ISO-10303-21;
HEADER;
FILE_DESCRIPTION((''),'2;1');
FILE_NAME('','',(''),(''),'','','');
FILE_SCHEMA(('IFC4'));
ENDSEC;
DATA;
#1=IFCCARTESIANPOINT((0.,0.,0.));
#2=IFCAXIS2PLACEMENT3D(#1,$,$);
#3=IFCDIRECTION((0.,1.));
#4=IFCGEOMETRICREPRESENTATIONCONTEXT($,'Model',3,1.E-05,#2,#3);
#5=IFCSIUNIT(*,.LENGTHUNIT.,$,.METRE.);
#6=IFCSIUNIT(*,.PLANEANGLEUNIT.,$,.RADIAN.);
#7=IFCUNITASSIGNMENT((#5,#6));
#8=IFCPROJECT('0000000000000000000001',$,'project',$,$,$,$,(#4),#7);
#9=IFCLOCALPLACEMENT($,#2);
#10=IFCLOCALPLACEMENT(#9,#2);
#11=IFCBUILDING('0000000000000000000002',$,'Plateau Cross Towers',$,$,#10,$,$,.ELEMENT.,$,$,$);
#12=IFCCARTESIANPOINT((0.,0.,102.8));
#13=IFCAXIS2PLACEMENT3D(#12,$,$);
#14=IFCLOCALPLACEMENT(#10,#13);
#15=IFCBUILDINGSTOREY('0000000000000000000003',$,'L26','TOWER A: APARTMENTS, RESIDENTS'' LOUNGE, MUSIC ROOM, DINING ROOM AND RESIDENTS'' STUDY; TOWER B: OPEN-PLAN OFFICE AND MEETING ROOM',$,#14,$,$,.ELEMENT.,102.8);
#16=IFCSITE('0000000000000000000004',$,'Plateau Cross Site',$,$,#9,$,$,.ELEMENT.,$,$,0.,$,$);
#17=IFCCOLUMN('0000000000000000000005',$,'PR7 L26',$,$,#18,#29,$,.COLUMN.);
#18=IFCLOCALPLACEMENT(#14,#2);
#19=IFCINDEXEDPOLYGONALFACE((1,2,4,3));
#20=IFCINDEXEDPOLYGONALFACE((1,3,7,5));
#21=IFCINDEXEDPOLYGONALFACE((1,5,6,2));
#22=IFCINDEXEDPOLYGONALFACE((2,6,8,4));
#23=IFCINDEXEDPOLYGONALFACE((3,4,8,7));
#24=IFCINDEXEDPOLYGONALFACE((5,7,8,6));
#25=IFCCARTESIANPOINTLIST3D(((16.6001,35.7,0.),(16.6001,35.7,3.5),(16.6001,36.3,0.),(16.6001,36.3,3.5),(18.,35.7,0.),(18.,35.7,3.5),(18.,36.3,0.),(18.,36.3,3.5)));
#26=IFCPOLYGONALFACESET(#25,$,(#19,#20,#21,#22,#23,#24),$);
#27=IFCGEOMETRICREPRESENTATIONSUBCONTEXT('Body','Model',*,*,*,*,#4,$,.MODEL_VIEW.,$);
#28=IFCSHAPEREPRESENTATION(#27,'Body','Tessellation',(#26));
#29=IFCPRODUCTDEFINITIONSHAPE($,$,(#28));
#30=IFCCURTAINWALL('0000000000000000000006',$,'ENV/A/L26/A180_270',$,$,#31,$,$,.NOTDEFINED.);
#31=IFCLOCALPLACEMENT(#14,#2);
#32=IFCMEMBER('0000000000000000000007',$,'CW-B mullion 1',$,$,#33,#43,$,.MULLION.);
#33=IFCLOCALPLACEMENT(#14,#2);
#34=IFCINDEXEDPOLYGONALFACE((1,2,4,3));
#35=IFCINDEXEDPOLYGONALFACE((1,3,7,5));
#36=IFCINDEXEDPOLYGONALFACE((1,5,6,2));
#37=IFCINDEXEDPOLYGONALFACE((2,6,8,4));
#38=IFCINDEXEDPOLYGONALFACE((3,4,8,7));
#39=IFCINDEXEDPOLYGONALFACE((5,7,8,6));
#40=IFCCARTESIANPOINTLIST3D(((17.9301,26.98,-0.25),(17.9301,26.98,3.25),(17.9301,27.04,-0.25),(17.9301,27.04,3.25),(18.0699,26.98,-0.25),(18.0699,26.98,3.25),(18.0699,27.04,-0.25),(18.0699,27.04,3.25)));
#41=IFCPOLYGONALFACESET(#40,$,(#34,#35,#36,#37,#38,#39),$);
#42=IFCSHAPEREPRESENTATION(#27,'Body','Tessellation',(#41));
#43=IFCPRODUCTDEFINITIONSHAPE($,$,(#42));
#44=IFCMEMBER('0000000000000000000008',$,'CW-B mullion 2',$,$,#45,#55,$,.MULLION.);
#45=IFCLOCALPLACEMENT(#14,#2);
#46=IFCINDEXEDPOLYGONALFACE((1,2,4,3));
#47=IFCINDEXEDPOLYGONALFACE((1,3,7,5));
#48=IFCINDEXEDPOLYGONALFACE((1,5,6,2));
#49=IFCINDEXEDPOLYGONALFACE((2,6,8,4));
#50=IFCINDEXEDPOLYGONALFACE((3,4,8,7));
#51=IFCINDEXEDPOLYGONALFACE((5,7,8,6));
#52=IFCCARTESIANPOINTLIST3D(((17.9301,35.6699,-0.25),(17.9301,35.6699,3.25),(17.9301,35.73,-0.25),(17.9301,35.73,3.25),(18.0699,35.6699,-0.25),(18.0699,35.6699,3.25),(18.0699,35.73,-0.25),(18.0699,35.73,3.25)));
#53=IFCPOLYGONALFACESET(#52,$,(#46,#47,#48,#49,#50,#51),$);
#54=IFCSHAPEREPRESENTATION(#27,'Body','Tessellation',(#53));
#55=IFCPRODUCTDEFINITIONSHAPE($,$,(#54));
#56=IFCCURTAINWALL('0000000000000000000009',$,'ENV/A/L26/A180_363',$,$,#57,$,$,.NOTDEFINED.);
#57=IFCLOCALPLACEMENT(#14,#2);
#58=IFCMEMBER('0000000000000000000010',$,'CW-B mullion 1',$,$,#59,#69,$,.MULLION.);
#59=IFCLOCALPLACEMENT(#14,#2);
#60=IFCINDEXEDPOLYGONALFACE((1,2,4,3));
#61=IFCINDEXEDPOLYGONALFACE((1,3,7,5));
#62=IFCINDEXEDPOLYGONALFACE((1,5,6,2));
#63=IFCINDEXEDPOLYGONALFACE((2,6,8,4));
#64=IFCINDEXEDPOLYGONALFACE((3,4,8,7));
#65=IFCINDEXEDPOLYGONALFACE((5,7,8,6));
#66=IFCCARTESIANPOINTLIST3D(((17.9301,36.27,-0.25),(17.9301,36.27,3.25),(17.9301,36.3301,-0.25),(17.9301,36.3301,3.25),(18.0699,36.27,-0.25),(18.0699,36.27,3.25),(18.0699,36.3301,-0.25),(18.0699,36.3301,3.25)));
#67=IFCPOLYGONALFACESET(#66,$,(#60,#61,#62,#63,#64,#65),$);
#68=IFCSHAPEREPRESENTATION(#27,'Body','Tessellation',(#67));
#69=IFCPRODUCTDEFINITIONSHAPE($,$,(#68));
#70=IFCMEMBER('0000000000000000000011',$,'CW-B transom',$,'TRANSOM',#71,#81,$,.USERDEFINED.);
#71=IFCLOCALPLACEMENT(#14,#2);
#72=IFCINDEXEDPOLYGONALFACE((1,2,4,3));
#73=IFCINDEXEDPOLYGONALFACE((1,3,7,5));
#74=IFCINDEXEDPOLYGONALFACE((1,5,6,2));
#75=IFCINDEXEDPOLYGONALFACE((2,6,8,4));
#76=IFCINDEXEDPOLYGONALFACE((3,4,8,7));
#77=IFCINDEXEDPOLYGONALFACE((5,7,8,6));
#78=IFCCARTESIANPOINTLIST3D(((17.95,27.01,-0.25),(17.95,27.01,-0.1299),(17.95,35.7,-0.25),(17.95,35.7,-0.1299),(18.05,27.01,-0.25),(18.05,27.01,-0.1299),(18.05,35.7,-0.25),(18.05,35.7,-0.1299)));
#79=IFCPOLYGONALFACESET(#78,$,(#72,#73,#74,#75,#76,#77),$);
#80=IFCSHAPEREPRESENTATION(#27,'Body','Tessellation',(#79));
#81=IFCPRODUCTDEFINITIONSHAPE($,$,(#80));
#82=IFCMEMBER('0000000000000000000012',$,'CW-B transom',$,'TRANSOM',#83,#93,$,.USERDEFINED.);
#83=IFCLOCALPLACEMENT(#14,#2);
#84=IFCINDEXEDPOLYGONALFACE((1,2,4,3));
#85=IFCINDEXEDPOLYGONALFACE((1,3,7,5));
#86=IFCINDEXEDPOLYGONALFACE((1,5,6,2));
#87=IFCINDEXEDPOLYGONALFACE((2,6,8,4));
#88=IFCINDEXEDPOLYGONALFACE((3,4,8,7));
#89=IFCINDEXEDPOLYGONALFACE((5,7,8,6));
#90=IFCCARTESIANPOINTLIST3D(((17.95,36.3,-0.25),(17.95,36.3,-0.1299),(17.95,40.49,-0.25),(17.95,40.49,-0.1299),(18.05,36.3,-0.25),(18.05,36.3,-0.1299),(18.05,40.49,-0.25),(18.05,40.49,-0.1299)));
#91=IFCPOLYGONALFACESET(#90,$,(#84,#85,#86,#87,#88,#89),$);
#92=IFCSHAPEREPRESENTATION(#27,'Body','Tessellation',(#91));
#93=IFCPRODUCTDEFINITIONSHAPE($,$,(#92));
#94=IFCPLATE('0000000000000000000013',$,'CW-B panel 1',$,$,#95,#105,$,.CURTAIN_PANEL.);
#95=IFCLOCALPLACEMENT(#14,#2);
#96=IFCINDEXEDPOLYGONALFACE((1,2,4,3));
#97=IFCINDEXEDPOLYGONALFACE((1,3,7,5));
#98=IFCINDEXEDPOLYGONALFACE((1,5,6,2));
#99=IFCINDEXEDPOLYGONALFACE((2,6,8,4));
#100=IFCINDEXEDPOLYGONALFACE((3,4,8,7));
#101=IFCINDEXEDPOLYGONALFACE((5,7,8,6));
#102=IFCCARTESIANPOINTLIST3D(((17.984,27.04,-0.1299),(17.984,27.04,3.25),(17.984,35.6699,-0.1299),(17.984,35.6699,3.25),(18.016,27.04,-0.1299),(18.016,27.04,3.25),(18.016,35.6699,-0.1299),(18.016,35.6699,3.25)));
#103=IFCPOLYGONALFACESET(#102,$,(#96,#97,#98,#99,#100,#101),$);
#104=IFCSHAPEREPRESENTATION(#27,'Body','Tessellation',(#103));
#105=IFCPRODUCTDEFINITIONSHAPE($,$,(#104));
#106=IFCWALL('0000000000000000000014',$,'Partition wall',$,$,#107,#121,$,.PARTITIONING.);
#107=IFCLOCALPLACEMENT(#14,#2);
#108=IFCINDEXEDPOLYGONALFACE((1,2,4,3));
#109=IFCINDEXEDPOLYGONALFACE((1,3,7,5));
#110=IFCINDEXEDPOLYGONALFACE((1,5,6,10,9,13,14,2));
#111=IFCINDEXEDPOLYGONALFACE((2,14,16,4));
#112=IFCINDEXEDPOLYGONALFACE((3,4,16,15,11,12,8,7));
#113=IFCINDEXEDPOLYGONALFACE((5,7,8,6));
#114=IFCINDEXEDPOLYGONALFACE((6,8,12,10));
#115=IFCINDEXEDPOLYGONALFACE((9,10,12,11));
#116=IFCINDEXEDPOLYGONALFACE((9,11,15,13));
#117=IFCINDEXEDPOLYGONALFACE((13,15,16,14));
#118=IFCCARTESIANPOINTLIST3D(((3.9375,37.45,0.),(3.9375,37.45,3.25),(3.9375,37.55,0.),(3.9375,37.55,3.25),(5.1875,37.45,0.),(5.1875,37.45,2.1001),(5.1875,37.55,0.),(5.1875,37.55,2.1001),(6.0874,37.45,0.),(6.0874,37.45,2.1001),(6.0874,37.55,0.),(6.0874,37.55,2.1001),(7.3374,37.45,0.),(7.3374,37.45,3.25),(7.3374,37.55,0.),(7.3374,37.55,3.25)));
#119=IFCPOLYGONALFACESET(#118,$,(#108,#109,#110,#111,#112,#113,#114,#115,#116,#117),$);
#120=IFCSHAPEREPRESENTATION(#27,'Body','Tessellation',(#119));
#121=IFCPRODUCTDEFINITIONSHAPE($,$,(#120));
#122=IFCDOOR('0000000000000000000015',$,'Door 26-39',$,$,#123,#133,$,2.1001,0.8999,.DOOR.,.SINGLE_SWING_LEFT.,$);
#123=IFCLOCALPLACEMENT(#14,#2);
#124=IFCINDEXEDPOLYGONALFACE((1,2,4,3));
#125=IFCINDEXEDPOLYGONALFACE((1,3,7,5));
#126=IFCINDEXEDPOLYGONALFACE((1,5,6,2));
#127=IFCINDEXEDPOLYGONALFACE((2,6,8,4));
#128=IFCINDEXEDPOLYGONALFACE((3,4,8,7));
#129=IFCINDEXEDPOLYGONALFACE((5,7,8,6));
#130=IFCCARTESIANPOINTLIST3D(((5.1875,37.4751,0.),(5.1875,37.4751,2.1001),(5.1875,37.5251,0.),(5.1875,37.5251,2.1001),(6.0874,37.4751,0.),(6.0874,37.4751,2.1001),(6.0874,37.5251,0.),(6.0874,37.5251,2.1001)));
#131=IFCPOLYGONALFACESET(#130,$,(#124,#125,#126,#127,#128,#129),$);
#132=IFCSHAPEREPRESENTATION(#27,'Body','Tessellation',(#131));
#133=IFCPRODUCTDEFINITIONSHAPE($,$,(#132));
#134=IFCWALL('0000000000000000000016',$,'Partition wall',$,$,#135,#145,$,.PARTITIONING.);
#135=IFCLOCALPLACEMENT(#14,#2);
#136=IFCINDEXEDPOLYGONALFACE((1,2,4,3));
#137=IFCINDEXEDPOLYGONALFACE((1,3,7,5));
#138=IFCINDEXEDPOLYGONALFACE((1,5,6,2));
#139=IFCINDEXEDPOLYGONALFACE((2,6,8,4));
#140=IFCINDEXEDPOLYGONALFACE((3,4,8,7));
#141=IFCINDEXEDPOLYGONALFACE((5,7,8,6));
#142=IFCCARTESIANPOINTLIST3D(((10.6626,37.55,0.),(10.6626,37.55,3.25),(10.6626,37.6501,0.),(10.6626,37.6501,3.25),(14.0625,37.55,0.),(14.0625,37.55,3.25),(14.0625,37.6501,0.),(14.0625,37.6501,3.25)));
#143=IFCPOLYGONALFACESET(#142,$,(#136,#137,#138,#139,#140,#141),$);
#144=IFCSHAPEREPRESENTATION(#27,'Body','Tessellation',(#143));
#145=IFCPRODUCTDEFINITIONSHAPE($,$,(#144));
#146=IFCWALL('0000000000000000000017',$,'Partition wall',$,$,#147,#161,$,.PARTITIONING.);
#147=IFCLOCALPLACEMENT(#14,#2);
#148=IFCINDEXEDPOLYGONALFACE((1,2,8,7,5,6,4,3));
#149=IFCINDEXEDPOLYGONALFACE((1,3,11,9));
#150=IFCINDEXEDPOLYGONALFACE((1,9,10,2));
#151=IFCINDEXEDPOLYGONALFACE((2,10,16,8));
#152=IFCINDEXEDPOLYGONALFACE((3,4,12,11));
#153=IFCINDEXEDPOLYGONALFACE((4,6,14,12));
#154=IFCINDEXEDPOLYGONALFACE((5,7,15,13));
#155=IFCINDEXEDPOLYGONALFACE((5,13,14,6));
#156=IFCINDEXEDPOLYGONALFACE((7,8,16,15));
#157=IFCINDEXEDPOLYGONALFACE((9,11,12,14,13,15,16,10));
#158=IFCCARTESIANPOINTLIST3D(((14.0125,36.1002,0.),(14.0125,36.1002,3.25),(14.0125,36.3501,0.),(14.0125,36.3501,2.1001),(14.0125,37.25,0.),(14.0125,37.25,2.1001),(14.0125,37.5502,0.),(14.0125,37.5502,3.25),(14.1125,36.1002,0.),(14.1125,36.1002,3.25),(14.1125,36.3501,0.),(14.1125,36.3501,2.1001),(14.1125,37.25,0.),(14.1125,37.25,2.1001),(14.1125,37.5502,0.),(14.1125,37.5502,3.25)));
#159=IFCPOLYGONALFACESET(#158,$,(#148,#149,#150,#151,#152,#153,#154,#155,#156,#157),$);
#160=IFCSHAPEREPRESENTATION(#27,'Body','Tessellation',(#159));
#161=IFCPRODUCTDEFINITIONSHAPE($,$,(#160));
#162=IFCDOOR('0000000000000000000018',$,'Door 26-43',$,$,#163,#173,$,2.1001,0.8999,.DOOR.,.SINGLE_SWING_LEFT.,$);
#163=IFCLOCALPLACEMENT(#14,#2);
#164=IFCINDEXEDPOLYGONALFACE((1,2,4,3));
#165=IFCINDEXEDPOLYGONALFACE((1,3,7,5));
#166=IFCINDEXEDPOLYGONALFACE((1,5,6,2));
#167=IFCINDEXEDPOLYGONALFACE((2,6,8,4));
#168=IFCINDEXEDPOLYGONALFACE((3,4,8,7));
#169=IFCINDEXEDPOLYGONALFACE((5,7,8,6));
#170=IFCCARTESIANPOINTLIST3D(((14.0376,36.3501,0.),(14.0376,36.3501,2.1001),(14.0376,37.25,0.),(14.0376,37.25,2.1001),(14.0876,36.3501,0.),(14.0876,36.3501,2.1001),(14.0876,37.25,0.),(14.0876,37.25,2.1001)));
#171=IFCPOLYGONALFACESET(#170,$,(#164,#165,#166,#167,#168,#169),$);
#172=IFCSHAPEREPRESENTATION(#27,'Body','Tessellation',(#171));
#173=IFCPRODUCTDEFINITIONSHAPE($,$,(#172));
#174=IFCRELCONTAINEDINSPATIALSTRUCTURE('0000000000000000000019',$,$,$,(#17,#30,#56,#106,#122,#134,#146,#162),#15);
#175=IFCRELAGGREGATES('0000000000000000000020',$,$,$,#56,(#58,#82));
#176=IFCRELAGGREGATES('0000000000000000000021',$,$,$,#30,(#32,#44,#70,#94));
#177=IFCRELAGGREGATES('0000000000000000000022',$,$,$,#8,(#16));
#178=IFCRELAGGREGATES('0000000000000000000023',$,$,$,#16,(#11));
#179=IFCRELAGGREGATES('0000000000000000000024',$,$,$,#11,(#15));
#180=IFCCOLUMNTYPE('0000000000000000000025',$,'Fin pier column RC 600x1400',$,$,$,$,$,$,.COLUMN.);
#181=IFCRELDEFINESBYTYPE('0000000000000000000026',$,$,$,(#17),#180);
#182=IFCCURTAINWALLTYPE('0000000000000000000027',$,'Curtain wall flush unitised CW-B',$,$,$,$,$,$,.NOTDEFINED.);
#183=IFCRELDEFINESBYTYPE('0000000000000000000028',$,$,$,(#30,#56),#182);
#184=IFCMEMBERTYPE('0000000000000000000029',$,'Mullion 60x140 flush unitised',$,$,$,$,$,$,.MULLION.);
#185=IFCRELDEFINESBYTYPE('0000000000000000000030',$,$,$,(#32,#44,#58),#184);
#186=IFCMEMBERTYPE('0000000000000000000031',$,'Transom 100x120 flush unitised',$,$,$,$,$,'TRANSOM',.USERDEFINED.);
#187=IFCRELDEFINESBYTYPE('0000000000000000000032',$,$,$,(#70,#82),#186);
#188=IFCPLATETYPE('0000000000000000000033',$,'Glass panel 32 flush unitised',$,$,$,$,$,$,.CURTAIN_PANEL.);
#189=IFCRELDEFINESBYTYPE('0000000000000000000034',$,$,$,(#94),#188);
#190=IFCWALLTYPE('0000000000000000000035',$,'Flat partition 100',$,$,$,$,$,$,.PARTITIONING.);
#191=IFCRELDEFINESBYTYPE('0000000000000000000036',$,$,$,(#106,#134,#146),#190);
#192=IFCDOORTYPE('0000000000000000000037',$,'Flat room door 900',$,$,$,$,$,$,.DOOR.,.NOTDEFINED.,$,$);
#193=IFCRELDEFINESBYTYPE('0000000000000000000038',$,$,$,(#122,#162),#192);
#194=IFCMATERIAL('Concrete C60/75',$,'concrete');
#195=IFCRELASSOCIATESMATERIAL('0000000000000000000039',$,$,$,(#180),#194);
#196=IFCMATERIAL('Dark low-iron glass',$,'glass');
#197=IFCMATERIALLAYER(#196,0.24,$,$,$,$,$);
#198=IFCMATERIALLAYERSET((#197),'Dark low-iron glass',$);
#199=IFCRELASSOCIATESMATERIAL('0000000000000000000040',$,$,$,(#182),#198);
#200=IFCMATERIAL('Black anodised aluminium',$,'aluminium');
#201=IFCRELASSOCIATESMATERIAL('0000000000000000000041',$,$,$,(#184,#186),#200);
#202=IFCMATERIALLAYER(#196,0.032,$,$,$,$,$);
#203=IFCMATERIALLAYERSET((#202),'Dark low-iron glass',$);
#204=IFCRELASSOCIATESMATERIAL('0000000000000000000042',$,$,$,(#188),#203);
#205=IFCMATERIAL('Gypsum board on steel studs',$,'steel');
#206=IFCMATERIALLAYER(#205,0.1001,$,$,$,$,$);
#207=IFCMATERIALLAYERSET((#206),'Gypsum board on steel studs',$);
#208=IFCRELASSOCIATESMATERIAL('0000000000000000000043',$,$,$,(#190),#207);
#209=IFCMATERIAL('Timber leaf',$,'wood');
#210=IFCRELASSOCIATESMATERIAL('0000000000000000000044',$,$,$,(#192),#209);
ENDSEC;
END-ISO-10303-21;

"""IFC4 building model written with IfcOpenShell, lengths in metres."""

from ifc_helpers import new_model, si_unit, direction, frame, frame_2d, origin, origin_2d, place, context, subcontext, project, spatial, rectangle, extrude, material, layer, layer_set, material_profile, profile_set, type_object, element, fill, aggregate, save


model = new_model("IFC4")

# Units and contexts
model_context = context("Model", 3, precision=1e-05, world=origin(), true_north=direction((0.0, 1.0)))
body_context = subcontext(model_context, "Body", "Model", "MODEL_VIEW")
ifc_project = project(units=[si_unit("LENGTHUNIT", "METRE"), si_unit("PLANEANGLEUNIT", "RADIAN")], contexts=[model_context])

# Site, building, storey
site_placement = place(None, origin())
site = spatial("IfcSite", under=ifc_project, at=site_placement, Name="Plateau Cross Site", CompositionType="ELEMENT", RefElevation=0.0)
building_placement = place(site_placement, origin())
building = spatial("IfcBuilding", under=site, at=building_placement, Name="Plateau Cross Towers", CompositionType="ELEMENT")
storey_placement = place(building_placement, frame((0.0, 0.0, 102.8)))
storey = spatial("IfcBuildingStorey", under=building, at=storey_placement, Name="L26", Description="TOWER A: APARTMENTS, RESIDENTS' LOUNGE, MUSIC ROOM, DINING ROOM AND RESIDENTS' STUDY; TOWER B: OPEN-PLAN OFFICE AND MEETING ROOM", CompositionType="ELEMENT", Elevation=102.8)

# Column
ifc_material_1 = material(Name="Concrete C60/75", Category="concrete")
ifc_material_profile_1 = material_profile(ifc_material_1, rectangle(XDim=0.6001, YDim=1.3999, at=origin_2d()), Name="RC 600x1400")
ifc_profile_set_1 = profile_set([ifc_material_profile_1], Name="Concrete C60/75")
column_type = type_object("IfcColumnType", Name="Fin pier column RC 600x1400", PredefinedType="COLUMN", material=ifc_profile_set_1)
column_placement = place(storey_placement, frame((17.3, 36.0, 0.0), z_axis=(0.0, 0.0, 1.0), x_axis=(0.0, 1.0, 0.0)))
element("IfcColumn", 1, at=column_placement, inside=storey, type_object=column_type, Name="PR7 L26", PredefinedType="COLUMN", context=body_context, shape_type="SweptSolid", body=[
    extrude(rectangle(XDim=0.6001, YDim=1.3999, at=origin_2d()), origin(), (0.0, 0.0, 1.0), 3.5),
])

# Curtain wall, members
ifc_material_2 = material(Name="Dark low-iron glass", Category="glass")
ifc_layer_1 = layer(ifc_material_2, 0.24)
ifc_layer_set_1 = layer_set([ifc_layer_1], Name="Dark low-iron glass")
curtain_wall_type = type_object("IfcCurtainWallType", Name="Curtain wall flush unitised CW-B", PredefinedType="NOTDEFINED", material=ifc_layer_set_1)
curtain_wall_1_placement = place(storey_placement, origin())
curtain_wall_1 = element("IfcCurtainWall", 2, at=curtain_wall_1_placement, inside=storey, type_object=curtain_wall_type, Name="ENV/A/L26/A180_270", PredefinedType="NOTDEFINED")
ifc_material_3 = material(Name="Black anodised aluminium", Category="aluminium")
ifc_material_profile_2 = material_profile(ifc_material_3, rectangle(XDim=0.0601, YDim=0.1399, at=origin_2d()), Name="MULLION 60x140")
ifc_profile_set_2 = profile_set([ifc_material_profile_2], Name="Black anodised aluminium")
member_type_1 = type_object("IfcMemberType", Name="Mullion 60x140 flush unitised", PredefinedType="MULLION", material=ifc_profile_set_2)
member_1_placement = place(storey_placement, frame((18.0, 27.01, -0.25), z_axis=(0.0, 0.0, 1.0), x_axis=(0.0, 1.0, 0.0)))
member_1 = element("IfcMember", 3, at=member_1_placement, type_object=member_type_1, Name="CW-B mullion 1", PredefinedType="MULLION", context=body_context, shape_type="SweptSolid", body=[
    extrude(rectangle(XDim=0.0601, YDim=0.1399, at=origin_2d()), origin(), (0.0, 0.0, 1.0), 3.5),
])
member_2_placement = place(storey_placement, frame((18.0, 35.7, -0.25), z_axis=(0.0, 0.0, 1.0), x_axis=(0.0, 1.0, 0.0)))
member_2 = element("IfcMember", 4, at=member_2_placement, type_object=member_type_1, Name="CW-B mullion 2", PredefinedType="MULLION", context=body_context, shape_type="SweptSolid", body=[
    extrude(rectangle(XDim=0.0601, YDim=0.1399, at=origin_2d()), origin(), (0.0, 0.0, 1.0), 3.5),
])

# Curtain wall, member
curtain_wall_2_placement = place(storey_placement, origin())
curtain_wall_2 = element("IfcCurtainWall", 5, at=curtain_wall_2_placement, inside=storey, type_object=curtain_wall_type, Name="ENV/A/L26/A180_363", PredefinedType="NOTDEFINED")
member_3_placement = place(storey_placement, frame((18.0, 36.3, -0.25), z_axis=(0.0, 0.0, 1.0), x_axis=(0.0, 1.0, 0.0)))
member_3 = element("IfcMember", 6, at=member_3_placement, type_object=member_type_1, Name="CW-B mullion 1", PredefinedType="MULLION", context=body_context, shape_type="SweptSolid", body=[
    extrude(rectangle(XDim=0.0601, YDim=0.1399, at=origin_2d()), origin(), (0.0, 0.0, 1.0), 3.5),
])

# Members
ifc_material_profile_3 = material_profile(ifc_material_3, rectangle(XDim=0.1001, YDim=0.1201, at=origin_2d()), Name="TRANSOM 100x120")
ifc_profile_set_3 = profile_set([ifc_material_profile_3], Name="Black anodised aluminium")
member_type_2 = type_object("IfcMemberType", Name="Transom 100x120 flush unitised", ElementType="TRANSOM", PredefinedType="USERDEFINED", material=ifc_profile_set_3)
member_4_placement = place(storey_placement, frame((18.0, 27.01, -0.1899), z_axis=(0.0, 1.0, 0.0), x_axis=(-1.0, 0.0, 0.0)))
member_4 = element("IfcMember", 7, at=member_4_placement, type_object=member_type_2, Name="CW-B transom", ObjectType="TRANSOM", PredefinedType="USERDEFINED", context=body_context, shape_type="SweptSolid", body=[
    extrude(rectangle(XDim=0.1001, YDim=0.1201, at=origin_2d()), origin(), (0.0, 0.0, 1.0), 8.6899),
])
member_5_placement = place(storey_placement, frame((18.0, 36.3, -0.1899), z_axis=(0.0, 1.0, 0.0), x_axis=(-1.0, 0.0, 0.0)))
member_5 = element("IfcMember", 8, at=member_5_placement, type_object=member_type_2, Name="CW-B transom", ObjectType="TRANSOM", PredefinedType="USERDEFINED", context=body_context, shape_type="SweptSolid", body=[
    extrude(rectangle(XDim=0.1001, YDim=0.1201, at=origin_2d()), origin(), (0.0, 0.0, 1.0), 4.1899),
])
aggregate(curtain_wall_2, [member_3, member_5])

# Plate
ifc_layer_2 = layer(ifc_material_2, 0.032)
ifc_layer_set_2 = layer_set([ifc_layer_2], Name="Dark low-iron glass")
plate_type = type_object("IfcPlateType", Name="Glass panel 32 flush unitised", PredefinedType="CURTAIN_PANEL", material=ifc_layer_set_2)
plate_placement = place(storey_placement, frame((18.0, 31.355, -0.1299), z_axis=(0.0, 0.0, 1.0), x_axis=(0.0, 1.0, 0.0)))
plate = element("IfcPlate", 9, at=plate_placement, type_object=plate_type, Name="CW-B panel 1", PredefinedType="CURTAIN_PANEL", context=body_context, shape_type="SweptSolid", body=[
    extrude(rectangle(XDim=8.6299, YDim=0.032, at=origin_2d()), origin(), (0.0, 0.0, 1.0), 3.3799),
])
aggregate(curtain_wall_1, [member_1, member_2, member_4, plate])

# Wall, opening, door
ifc_material_4 = material(Name="Gypsum board on steel studs", Category="steel")
ifc_layer_3 = layer(ifc_material_4, 0.1001)
ifc_layer_set_3 = layer_set([ifc_layer_3], Name="Gypsum board on steel studs")
wall_type_1 = type_object("IfcWallType", Name="Flat partition 100", PredefinedType="PARTITIONING", material=ifc_layer_set_3)
wall_1_placement = place(storey_placement, frame((7.3374, 37.5, 0.0), z_axis=(0.0, 0.0, 1.0), x_axis=(-1.0, 0.0, 0.0)))
wall_1 = element("IfcWall", 10, at=wall_1_placement, inside=storey, type_object=wall_type_1, Name="Partition wall", PredefinedType="PARTITIONING", context=body_context, shape_type="SweptSolid", body=[
    extrude(rectangle(XDim=3.3999, YDim=0.1001, at=frame_2d((1.7, 0.0))), origin(), (0.0, 0.0, 1.0), 3.25),
])
opening_1_placement = place(wall_1_placement, frame((1.25, 0.0, 0.0)))
opening_1 = element("IfcOpeningElement", 11, at=opening_1_placement, cuts=wall_1, PredefinedType="OPENING", context=body_context, shape_type="SweptSolid", body=[
    extrude(rectangle(XDim=0.8999, YDim=2.1001, at=frame_2d((0.45, 1.05))), frame((0.0, 0.0601, 0.0), z_axis=(0.0, -1.0, 0.0), x_axis=(1.0, 0.0, 0.0)), (0.0, 0.0, 1.0), 0.1201),
])
ifc_material_5 = material(Name="Timber leaf", Category="wood")
door_type_1 = type_object("IfcDoorType", Name="Flat room door 900", OperationType="NOTDEFINED", PredefinedType="DOOR", material=ifc_material_5)
door_1_placement = place(opening_1_placement, origin())
door_1 = element("IfcDoor", 12, at=door_1_placement, inside=storey, type_object=door_type_1, Name="Door 26-39", OperationType="SINGLE_SWING_LEFT", OverallHeight=2.1001, OverallWidth=0.8999, PredefinedType="DOOR", context=body_context, shape_type="SweptSolid", body=[
    extrude(rectangle(XDim=0.8999, YDim=2.1001, at=frame_2d((0.45, 1.05))), frame((0.0, 0.0249, 0.0), z_axis=(0.0, -1.0, 0.0), x_axis=(1.0, 0.0, 0.0)), (0.0, 0.0, 1.0), 0.05),
])
fill(opening_1, door_1)

# Wall
wall_2_placement = place(storey_placement, frame((14.0625, 37.6001, 0.0), z_axis=(0.0, 0.0, 1.0), x_axis=(-1.0, 0.0, 0.0)))
element("IfcWall", 13, at=wall_2_placement, inside=storey, type_object=wall_type_1, Name="Partition wall", PredefinedType="PARTITIONING", context=body_context, shape_type="SweptSolid", body=[
    extrude(rectangle(XDim=3.3999, YDim=0.1001, at=frame_2d((1.7, 0.0))), origin(), (0.0, 0.0, 1.0), 3.25),
])

# Wall, opening, door
wall_3_placement = place(storey_placement, frame((14.0625, 36.1001, 0.0), z_axis=(0.0, 0.0, 1.0), x_axis=(0.0, 1.0, 0.0)))
wall_3 = element("IfcWall", 14, at=wall_3_placement, inside=storey, type_object=wall_type_1, Name="Partition wall", PredefinedType="PARTITIONING", context=body_context, shape_type="SweptSolid", body=[
    extrude(rectangle(XDim=1.45, YDim=0.1001, at=frame_2d((0.7251, 0.0))), origin(), (0.0, 0.0, 1.0), 3.25),
])
opening_2_placement = place(wall_3_placement, frame((0.25, 0.0, 0.0)))
opening_2 = element("IfcOpeningElement", 15, at=opening_2_placement, cuts=wall_3, PredefinedType="OPENING", context=body_context, shape_type="SweptSolid", body=[
    extrude(rectangle(XDim=0.8999, YDim=2.1001, at=frame_2d((0.45, 1.05))), frame((0.0, 0.0601, 0.0), z_axis=(0.0, -1.0, 0.0), x_axis=(1.0, 0.0, 0.0)), (0.0, 0.0, 1.0), 0.1201),
])
door_2_placement = place(opening_2_placement, origin())
door_2 = element("IfcDoor", 16, at=door_2_placement, inside=storey, type_object=door_type_1, Name="Door 26-43", OperationType="SINGLE_SWING_LEFT", OverallHeight=2.1001, OverallWidth=0.8999, PredefinedType="DOOR", context=body_context, shape_type="SweptSolid", body=[
    extrude(rectangle(XDim=0.8999, YDim=2.1001, at=frame_2d((0.45, 1.05))), frame((0.0, 0.0249, 0.0), z_axis=(0.0, -1.0, 0.0), x_axis=(1.0, 0.0, 0.0)), (0.0, 0.0, 1.0), 0.05),
])
fill(opening_2, door_2)

save(model, "model.ifc")
